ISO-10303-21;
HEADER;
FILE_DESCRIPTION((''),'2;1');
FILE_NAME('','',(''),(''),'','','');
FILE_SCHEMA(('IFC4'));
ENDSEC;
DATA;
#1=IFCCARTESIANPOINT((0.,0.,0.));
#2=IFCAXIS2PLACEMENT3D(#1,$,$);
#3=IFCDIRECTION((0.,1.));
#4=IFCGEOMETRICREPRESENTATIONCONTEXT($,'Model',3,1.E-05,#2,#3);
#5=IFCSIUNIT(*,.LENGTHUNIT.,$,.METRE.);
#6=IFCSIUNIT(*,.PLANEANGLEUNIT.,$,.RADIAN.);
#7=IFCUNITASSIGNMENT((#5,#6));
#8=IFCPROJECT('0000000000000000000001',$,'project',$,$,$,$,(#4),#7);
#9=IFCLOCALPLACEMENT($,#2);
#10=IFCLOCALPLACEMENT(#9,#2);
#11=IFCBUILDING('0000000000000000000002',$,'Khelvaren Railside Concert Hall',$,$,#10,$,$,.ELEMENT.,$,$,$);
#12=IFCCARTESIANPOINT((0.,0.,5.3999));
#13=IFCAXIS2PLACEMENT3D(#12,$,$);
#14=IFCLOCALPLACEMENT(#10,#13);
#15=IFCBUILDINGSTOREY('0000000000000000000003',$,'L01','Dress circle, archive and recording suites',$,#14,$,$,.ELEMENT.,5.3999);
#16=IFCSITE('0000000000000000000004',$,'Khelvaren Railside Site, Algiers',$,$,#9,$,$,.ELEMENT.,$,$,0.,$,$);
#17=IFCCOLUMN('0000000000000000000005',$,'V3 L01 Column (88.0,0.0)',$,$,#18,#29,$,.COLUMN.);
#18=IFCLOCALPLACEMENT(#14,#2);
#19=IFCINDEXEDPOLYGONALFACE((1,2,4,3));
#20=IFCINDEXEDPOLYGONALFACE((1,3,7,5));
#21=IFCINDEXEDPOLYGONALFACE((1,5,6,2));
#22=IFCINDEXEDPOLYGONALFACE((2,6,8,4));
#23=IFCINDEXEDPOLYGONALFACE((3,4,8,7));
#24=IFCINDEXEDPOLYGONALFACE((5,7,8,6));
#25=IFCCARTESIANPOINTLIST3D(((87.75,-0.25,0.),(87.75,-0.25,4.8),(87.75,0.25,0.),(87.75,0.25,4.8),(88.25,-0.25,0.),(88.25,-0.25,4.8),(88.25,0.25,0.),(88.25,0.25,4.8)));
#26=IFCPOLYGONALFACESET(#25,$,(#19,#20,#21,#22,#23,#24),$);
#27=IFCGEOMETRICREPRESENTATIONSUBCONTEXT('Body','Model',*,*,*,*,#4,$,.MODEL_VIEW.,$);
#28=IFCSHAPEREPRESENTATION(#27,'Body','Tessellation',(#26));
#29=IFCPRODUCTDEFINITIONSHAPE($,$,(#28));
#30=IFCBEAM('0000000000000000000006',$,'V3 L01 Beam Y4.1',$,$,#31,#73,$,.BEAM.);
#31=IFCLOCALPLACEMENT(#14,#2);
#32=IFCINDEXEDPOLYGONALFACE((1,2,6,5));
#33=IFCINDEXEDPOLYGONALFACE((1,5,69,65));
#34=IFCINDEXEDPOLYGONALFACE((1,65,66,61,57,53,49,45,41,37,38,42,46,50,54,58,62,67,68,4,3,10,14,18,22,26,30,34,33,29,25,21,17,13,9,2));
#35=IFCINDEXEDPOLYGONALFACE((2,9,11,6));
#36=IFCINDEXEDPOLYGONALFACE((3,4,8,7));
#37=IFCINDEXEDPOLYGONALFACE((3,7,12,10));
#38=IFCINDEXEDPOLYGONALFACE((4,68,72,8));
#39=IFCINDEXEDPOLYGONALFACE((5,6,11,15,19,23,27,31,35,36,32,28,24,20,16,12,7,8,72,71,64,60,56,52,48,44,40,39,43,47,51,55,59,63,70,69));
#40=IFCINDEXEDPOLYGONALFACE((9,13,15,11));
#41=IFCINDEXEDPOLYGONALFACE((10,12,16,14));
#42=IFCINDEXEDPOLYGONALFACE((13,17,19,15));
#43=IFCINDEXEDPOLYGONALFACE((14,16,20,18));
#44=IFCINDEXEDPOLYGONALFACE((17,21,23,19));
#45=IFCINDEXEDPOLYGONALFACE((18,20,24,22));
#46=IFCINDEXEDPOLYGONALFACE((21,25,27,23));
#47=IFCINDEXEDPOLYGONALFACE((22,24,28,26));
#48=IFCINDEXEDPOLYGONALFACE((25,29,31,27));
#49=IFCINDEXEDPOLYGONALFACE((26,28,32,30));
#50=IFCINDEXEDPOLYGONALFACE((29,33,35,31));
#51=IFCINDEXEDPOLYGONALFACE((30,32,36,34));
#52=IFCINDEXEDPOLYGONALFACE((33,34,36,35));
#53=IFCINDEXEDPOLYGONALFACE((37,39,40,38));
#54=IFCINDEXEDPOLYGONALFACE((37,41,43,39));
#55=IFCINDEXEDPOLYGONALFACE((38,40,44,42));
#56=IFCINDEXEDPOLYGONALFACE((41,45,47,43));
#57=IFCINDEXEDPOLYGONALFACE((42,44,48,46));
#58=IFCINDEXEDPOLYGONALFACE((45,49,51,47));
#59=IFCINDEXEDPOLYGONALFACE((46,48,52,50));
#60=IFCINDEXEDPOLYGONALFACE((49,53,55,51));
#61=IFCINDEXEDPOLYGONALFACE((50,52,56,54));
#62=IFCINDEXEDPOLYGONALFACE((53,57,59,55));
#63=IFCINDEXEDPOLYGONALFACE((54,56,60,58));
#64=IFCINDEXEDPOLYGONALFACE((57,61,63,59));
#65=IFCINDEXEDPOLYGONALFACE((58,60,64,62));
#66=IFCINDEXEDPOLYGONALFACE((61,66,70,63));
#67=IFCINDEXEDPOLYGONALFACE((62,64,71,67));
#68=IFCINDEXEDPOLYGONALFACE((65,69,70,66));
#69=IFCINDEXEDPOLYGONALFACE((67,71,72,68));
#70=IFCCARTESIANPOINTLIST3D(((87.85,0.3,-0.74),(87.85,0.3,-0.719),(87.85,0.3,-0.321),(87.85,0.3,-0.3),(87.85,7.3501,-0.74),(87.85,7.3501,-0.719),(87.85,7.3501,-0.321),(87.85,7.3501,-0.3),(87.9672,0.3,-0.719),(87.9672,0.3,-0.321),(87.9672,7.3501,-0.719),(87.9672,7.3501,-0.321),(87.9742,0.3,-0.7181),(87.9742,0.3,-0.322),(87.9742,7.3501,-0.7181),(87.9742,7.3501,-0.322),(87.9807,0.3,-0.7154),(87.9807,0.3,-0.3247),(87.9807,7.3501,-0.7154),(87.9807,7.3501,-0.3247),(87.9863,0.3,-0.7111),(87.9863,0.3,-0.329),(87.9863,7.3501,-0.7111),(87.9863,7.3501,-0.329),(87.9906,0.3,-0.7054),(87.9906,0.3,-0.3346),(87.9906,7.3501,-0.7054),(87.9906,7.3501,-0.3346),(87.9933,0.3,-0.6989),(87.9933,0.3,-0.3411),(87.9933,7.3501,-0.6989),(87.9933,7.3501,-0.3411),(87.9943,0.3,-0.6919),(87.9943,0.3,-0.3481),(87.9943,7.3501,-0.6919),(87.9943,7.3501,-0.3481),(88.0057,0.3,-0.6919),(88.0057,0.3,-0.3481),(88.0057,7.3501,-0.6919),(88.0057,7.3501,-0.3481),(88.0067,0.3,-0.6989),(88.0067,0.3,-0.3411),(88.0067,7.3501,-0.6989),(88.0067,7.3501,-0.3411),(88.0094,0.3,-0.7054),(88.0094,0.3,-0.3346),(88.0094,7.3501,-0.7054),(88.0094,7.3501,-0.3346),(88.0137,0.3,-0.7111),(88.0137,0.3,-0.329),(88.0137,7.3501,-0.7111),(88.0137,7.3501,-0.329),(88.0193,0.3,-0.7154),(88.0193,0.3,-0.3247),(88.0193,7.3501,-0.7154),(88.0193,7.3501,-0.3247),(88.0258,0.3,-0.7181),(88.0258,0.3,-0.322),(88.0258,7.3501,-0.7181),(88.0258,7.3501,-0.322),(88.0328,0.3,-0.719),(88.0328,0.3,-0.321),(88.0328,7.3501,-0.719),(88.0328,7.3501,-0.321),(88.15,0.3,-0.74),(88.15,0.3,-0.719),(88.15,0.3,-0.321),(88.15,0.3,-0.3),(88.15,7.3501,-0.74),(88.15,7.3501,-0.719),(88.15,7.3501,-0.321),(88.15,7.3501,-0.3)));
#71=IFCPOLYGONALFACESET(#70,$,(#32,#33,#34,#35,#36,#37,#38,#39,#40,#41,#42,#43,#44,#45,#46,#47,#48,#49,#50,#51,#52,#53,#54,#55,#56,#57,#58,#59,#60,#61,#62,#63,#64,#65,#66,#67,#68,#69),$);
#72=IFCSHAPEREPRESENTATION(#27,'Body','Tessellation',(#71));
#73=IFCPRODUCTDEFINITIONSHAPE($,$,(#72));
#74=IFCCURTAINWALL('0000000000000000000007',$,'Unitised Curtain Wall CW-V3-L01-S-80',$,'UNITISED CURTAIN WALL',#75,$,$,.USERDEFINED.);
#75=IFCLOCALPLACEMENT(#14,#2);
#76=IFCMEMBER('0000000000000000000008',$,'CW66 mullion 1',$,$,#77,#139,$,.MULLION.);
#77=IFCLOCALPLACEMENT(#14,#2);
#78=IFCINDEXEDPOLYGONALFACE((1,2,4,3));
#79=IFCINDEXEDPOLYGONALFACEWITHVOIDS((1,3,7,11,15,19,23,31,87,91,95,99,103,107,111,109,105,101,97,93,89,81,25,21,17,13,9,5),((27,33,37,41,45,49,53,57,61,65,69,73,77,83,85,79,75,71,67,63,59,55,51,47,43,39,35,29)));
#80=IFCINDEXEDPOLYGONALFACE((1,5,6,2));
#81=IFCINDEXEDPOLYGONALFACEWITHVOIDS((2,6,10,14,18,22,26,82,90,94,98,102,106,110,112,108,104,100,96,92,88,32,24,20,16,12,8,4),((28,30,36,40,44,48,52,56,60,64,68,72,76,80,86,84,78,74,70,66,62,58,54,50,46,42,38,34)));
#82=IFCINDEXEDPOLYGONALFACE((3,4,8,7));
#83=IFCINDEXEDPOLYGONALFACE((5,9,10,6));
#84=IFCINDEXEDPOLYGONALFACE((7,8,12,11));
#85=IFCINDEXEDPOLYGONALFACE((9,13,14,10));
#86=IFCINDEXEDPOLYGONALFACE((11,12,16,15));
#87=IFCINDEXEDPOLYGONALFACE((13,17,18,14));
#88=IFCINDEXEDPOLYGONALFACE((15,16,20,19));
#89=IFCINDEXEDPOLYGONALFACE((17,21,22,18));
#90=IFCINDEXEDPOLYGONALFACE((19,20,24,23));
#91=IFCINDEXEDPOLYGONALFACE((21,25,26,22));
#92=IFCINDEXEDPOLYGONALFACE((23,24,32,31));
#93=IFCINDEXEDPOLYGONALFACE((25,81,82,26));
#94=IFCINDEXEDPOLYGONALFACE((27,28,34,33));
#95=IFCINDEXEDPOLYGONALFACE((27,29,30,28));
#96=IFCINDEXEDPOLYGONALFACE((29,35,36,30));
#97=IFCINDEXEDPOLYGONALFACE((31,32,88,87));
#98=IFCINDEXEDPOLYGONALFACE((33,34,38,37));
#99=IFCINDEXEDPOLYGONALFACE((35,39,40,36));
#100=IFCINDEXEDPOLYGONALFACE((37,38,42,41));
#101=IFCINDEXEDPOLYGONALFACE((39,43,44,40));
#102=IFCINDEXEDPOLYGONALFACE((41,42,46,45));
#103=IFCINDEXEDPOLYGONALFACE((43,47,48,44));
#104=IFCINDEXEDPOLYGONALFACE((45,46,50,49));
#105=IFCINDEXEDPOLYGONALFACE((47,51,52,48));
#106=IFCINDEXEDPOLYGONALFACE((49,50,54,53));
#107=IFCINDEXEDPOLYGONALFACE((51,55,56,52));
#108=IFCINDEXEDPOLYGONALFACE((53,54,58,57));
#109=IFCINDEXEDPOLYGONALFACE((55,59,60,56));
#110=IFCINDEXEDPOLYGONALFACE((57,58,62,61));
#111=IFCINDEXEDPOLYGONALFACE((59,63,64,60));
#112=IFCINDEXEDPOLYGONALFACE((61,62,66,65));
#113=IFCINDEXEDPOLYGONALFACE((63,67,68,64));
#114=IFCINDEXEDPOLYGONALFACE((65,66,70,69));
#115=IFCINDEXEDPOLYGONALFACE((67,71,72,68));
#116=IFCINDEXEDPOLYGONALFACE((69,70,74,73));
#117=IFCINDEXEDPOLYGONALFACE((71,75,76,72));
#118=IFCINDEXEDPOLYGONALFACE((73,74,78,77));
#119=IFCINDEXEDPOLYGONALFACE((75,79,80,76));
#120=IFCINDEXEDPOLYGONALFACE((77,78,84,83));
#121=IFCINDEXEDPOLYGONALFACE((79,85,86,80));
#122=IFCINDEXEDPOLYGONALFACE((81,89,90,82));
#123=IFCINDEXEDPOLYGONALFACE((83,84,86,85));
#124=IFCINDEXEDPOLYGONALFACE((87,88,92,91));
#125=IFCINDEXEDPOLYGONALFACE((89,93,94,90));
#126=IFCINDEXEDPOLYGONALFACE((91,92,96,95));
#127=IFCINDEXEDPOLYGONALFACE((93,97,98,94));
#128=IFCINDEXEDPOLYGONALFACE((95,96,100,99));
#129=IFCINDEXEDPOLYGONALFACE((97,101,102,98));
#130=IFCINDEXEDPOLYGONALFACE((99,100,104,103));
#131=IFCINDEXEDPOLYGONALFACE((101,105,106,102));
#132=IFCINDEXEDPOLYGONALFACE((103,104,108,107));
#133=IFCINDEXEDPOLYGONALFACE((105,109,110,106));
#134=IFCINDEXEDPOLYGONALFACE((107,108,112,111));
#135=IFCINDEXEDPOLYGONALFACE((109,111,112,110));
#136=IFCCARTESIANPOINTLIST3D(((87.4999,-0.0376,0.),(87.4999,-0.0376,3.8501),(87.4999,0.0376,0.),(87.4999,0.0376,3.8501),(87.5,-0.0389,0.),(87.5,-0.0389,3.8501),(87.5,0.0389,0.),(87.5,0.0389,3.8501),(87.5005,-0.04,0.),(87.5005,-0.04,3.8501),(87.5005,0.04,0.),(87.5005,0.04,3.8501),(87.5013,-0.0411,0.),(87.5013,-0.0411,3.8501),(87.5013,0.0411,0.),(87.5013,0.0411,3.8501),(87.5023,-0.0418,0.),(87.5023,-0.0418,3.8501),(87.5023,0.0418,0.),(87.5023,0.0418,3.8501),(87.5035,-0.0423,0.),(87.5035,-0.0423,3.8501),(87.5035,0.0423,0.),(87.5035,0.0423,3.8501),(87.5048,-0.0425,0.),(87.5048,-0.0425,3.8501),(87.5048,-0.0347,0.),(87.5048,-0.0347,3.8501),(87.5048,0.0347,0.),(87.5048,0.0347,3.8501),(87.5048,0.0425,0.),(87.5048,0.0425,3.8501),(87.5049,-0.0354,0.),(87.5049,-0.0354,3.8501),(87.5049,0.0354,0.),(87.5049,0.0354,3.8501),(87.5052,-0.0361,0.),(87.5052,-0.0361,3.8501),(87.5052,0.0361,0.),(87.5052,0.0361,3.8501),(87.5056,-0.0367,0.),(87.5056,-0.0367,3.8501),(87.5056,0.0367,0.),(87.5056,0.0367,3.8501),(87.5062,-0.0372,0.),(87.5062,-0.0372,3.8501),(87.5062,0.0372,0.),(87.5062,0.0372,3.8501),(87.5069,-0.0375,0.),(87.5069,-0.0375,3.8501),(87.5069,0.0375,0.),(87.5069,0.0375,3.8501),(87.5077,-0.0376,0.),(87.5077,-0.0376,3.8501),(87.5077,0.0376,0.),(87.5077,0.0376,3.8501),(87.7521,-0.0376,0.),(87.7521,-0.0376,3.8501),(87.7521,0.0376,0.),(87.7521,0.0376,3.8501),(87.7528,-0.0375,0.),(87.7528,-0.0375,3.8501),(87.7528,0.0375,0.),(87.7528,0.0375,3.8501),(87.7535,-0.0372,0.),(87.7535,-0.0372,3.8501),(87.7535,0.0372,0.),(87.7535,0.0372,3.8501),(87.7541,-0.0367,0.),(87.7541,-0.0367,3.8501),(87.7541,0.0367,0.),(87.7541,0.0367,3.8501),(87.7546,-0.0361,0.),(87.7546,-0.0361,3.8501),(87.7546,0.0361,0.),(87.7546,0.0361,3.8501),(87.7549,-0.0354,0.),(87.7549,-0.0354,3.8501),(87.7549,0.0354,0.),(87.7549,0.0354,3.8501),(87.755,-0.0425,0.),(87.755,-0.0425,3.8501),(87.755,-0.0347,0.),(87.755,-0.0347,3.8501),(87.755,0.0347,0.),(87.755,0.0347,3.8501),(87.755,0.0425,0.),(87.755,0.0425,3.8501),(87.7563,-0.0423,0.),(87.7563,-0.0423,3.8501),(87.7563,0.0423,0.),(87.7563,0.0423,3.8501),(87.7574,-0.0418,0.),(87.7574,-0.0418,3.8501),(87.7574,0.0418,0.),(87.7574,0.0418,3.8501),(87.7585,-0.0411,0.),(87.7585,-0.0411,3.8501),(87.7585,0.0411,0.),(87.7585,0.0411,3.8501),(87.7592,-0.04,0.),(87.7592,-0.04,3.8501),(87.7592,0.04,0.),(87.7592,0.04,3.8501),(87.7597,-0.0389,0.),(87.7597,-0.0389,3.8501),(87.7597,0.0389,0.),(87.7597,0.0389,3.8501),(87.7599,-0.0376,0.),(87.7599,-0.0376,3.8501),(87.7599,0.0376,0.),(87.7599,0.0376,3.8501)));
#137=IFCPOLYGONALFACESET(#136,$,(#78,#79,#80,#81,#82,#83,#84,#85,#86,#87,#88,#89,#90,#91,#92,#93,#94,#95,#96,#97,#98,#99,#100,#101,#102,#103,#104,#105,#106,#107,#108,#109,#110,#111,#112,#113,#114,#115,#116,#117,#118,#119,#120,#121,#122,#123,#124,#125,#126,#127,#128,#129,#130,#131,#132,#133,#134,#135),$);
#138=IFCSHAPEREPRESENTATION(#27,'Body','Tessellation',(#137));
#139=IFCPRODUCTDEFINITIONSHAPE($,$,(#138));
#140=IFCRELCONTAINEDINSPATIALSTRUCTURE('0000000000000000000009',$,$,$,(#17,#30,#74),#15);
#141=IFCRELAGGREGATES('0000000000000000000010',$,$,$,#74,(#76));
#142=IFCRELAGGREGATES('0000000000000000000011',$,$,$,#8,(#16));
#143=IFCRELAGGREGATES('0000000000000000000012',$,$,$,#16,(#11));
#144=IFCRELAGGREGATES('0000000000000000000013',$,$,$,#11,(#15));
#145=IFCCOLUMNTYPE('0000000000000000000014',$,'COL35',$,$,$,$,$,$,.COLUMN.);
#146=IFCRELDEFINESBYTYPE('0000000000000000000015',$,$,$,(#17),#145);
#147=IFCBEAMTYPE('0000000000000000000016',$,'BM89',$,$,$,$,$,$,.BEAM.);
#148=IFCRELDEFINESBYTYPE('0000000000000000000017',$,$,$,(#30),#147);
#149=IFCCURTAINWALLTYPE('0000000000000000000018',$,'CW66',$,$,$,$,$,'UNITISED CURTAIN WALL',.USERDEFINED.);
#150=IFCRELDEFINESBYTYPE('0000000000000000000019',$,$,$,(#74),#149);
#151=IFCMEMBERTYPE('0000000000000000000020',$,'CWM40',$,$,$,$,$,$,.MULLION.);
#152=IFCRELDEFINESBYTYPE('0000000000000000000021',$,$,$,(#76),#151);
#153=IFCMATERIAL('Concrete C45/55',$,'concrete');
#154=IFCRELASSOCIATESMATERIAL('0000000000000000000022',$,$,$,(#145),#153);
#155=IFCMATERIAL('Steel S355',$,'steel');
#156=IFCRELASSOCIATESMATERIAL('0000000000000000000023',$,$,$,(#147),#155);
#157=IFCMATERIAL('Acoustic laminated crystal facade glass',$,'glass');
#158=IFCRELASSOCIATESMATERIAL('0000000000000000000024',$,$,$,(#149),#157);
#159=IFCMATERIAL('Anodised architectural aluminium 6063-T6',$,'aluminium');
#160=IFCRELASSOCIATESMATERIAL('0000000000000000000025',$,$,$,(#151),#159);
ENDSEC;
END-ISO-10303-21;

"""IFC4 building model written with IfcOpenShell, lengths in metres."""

from ifc_helpers import new_model, si_unit, direction, frame, origin, origin_2d, place, context, subcontext, project, spatial, rectangle, hollow_rectangle, i_section, extrude, material, material_profile, profile_set, type_object, element, aggregate, save


model = new_model("IFC4")

# Units and contexts
model_context = context("Model", 3, precision=1e-05, world=origin(), true_north=direction((0.0, 1.0)))
body_context = subcontext(model_context, "Body", "Model", "MODEL_VIEW")
ifc_project = project(units=[si_unit("LENGTHUNIT", "METRE"), si_unit("PLANEANGLEUNIT", "RADIAN")], contexts=[model_context])

# Site, building, storey
site_placement = place(None, origin())
site = spatial("IfcSite", under=ifc_project, at=site_placement, Name="Khelvaren Railside Site, Algiers", CompositionType="ELEMENT", RefElevation=0.0)
building_placement = place(site_placement, origin())
building = spatial("IfcBuilding", under=site, at=building_placement, Name="Khelvaren Railside Concert Hall", CompositionType="ELEMENT")
storey_placement = place(building_placement, frame((0.0, 0.0, 5.3999)))
storey = spatial("IfcBuildingStorey", under=building, at=storey_placement, Name="L01", Description="Dress circle, archive and recording suites", CompositionType="ELEMENT", Elevation=5.3999)

# Column
ifc_material_1 = material(Name="Concrete C45/55", Category="concrete")
ifc_material_profile_1 = material_profile(ifc_material_1, rectangle(XDim=0.5, YDim=0.5, at=origin_2d()), Name="RC 500x500")
ifc_profile_set_1 = profile_set([ifc_material_profile_1], Name="Concrete C45/55")
column_type = type_object("IfcColumnType", Name="COL35", PredefinedType="COLUMN", material=ifc_profile_set_1)
column_placement = place(storey_placement, frame((88.0, 0.0, 0.0), z_axis=(0.0, 0.0, 1.0), x_axis=(1.0, 0.0, 0.0)))
element("IfcColumn", 1, at=column_placement, inside=storey, type_object=column_type, Name="V3 L01 Column (88.0,0.0)", PredefinedType="COLUMN", context=body_context, shape_type="SweptSolid", body=[
    extrude(rectangle(XDim=0.5, YDim=0.5, at=origin_2d()), origin(), (0.0, 0.0, 1.0), 4.8),
])

# Beam
ifc_material_2 = material(Name="Steel S355", Category="steel")
ifc_material_profile_2 = material_profile(ifc_material_2, i_section(OverallWidth=0.3, OverallDepth=0.4399, WebThickness=0.0115, FlangeThickness=0.021, FilletRadius=0.0271, at=origin_2d()), Name="HEA 450")
ifc_profile_set_2 = profile_set([ifc_material_profile_2], Name="Steel S355")
beam_type_1 = type_object("IfcBeamType", Name="BM89", PredefinedType="BEAM", material=ifc_profile_set_2)
beam_1_placement = place(storey_placement, frame((88.0, 0.3, -0.52), z_axis=(0.0, 1.0, 0.0), x_axis=(-1.0, 0.0, 0.0)))
element("IfcBeam", 2, at=beam_1_placement, inside=storey, type_object=beam_type_1, Name="V3 L01 Beam Y4.1", PredefinedType="BEAM", context=body_context, shape_type="SweptSolid", body=[
    extrude(i_section(OverallWidth=0.3, OverallDepth=0.4399, WebThickness=0.0115, FlangeThickness=0.021, FilletRadius=0.0271, at=origin_2d()), origin(), (0.0, 0.0, 1.0), 7.05),
])

# Curtain wall, member
ifc_material_3 = material(Name="Acoustic laminated crystal facade glass", Category="glass")
curtain_wall_type_1 = type_object("IfcCurtainWallType", Name="CW66", ElementType="UNITISED CURTAIN WALL", PredefinedType="USERDEFINED", material=ifc_material_3)
curtain_wall_1_placement = place(storey_placement, origin())
curtain_wall_1 = element("IfcCurtainWall", 3, at=curtain_wall_1_placement, inside=storey, type_object=curtain_wall_type_1, Name="Unitised Curtain Wall CW-V3-L01-S-80", ObjectType="UNITISED CURTAIN WALL", PredefinedType="USERDEFINED")
ifc_material_4 = material(Name="Anodised architectural aluminium 6063-T6", Category="aluminium")
ifc_material_profile_3 = material_profile(ifc_material_4, hollow_rectangle(XDim=0.085, YDim=0.26, WallThickness=0.0049, InnerFilletRadius=0.0029, OuterFilletRadius=0.0049, at=origin_2d()), Name="CWM 85x260x5")
ifc_profile_set_3 = profile_set([ifc_material_profile_3], Name="Anodised architectural aluminium 6063-T6")
member_type_1 = type_object("IfcMemberType", Name="CWM40", PredefinedType="MULLION", material=ifc_profile_set_3)
member_1_placement = place(storey_placement, frame((87.6299, 0.0, 0.0), z_axis=(0.0, 0.0, 1.0), x_axis=(0.0, -1.0, 0.0)))
member_1 = element("IfcMember", 4, at=member_1_placement, type_object=member_type_1, Name="CW66 mullion 1", PredefinedType="MULLION", context=body_context, shape_type="SweptSolid", body=[
    extrude(hollow_rectangle(XDim=0.085, YDim=0.26, WallThickness=0.0049, InnerFilletRadius=0.0029, OuterFilletRadius=0.0049, at=origin_2d()), origin(), (0.0, 0.0, 1.0), 3.8501),
])

aggregate(curtain_wall_1, [member_1])

save(model, "model.ifc")
